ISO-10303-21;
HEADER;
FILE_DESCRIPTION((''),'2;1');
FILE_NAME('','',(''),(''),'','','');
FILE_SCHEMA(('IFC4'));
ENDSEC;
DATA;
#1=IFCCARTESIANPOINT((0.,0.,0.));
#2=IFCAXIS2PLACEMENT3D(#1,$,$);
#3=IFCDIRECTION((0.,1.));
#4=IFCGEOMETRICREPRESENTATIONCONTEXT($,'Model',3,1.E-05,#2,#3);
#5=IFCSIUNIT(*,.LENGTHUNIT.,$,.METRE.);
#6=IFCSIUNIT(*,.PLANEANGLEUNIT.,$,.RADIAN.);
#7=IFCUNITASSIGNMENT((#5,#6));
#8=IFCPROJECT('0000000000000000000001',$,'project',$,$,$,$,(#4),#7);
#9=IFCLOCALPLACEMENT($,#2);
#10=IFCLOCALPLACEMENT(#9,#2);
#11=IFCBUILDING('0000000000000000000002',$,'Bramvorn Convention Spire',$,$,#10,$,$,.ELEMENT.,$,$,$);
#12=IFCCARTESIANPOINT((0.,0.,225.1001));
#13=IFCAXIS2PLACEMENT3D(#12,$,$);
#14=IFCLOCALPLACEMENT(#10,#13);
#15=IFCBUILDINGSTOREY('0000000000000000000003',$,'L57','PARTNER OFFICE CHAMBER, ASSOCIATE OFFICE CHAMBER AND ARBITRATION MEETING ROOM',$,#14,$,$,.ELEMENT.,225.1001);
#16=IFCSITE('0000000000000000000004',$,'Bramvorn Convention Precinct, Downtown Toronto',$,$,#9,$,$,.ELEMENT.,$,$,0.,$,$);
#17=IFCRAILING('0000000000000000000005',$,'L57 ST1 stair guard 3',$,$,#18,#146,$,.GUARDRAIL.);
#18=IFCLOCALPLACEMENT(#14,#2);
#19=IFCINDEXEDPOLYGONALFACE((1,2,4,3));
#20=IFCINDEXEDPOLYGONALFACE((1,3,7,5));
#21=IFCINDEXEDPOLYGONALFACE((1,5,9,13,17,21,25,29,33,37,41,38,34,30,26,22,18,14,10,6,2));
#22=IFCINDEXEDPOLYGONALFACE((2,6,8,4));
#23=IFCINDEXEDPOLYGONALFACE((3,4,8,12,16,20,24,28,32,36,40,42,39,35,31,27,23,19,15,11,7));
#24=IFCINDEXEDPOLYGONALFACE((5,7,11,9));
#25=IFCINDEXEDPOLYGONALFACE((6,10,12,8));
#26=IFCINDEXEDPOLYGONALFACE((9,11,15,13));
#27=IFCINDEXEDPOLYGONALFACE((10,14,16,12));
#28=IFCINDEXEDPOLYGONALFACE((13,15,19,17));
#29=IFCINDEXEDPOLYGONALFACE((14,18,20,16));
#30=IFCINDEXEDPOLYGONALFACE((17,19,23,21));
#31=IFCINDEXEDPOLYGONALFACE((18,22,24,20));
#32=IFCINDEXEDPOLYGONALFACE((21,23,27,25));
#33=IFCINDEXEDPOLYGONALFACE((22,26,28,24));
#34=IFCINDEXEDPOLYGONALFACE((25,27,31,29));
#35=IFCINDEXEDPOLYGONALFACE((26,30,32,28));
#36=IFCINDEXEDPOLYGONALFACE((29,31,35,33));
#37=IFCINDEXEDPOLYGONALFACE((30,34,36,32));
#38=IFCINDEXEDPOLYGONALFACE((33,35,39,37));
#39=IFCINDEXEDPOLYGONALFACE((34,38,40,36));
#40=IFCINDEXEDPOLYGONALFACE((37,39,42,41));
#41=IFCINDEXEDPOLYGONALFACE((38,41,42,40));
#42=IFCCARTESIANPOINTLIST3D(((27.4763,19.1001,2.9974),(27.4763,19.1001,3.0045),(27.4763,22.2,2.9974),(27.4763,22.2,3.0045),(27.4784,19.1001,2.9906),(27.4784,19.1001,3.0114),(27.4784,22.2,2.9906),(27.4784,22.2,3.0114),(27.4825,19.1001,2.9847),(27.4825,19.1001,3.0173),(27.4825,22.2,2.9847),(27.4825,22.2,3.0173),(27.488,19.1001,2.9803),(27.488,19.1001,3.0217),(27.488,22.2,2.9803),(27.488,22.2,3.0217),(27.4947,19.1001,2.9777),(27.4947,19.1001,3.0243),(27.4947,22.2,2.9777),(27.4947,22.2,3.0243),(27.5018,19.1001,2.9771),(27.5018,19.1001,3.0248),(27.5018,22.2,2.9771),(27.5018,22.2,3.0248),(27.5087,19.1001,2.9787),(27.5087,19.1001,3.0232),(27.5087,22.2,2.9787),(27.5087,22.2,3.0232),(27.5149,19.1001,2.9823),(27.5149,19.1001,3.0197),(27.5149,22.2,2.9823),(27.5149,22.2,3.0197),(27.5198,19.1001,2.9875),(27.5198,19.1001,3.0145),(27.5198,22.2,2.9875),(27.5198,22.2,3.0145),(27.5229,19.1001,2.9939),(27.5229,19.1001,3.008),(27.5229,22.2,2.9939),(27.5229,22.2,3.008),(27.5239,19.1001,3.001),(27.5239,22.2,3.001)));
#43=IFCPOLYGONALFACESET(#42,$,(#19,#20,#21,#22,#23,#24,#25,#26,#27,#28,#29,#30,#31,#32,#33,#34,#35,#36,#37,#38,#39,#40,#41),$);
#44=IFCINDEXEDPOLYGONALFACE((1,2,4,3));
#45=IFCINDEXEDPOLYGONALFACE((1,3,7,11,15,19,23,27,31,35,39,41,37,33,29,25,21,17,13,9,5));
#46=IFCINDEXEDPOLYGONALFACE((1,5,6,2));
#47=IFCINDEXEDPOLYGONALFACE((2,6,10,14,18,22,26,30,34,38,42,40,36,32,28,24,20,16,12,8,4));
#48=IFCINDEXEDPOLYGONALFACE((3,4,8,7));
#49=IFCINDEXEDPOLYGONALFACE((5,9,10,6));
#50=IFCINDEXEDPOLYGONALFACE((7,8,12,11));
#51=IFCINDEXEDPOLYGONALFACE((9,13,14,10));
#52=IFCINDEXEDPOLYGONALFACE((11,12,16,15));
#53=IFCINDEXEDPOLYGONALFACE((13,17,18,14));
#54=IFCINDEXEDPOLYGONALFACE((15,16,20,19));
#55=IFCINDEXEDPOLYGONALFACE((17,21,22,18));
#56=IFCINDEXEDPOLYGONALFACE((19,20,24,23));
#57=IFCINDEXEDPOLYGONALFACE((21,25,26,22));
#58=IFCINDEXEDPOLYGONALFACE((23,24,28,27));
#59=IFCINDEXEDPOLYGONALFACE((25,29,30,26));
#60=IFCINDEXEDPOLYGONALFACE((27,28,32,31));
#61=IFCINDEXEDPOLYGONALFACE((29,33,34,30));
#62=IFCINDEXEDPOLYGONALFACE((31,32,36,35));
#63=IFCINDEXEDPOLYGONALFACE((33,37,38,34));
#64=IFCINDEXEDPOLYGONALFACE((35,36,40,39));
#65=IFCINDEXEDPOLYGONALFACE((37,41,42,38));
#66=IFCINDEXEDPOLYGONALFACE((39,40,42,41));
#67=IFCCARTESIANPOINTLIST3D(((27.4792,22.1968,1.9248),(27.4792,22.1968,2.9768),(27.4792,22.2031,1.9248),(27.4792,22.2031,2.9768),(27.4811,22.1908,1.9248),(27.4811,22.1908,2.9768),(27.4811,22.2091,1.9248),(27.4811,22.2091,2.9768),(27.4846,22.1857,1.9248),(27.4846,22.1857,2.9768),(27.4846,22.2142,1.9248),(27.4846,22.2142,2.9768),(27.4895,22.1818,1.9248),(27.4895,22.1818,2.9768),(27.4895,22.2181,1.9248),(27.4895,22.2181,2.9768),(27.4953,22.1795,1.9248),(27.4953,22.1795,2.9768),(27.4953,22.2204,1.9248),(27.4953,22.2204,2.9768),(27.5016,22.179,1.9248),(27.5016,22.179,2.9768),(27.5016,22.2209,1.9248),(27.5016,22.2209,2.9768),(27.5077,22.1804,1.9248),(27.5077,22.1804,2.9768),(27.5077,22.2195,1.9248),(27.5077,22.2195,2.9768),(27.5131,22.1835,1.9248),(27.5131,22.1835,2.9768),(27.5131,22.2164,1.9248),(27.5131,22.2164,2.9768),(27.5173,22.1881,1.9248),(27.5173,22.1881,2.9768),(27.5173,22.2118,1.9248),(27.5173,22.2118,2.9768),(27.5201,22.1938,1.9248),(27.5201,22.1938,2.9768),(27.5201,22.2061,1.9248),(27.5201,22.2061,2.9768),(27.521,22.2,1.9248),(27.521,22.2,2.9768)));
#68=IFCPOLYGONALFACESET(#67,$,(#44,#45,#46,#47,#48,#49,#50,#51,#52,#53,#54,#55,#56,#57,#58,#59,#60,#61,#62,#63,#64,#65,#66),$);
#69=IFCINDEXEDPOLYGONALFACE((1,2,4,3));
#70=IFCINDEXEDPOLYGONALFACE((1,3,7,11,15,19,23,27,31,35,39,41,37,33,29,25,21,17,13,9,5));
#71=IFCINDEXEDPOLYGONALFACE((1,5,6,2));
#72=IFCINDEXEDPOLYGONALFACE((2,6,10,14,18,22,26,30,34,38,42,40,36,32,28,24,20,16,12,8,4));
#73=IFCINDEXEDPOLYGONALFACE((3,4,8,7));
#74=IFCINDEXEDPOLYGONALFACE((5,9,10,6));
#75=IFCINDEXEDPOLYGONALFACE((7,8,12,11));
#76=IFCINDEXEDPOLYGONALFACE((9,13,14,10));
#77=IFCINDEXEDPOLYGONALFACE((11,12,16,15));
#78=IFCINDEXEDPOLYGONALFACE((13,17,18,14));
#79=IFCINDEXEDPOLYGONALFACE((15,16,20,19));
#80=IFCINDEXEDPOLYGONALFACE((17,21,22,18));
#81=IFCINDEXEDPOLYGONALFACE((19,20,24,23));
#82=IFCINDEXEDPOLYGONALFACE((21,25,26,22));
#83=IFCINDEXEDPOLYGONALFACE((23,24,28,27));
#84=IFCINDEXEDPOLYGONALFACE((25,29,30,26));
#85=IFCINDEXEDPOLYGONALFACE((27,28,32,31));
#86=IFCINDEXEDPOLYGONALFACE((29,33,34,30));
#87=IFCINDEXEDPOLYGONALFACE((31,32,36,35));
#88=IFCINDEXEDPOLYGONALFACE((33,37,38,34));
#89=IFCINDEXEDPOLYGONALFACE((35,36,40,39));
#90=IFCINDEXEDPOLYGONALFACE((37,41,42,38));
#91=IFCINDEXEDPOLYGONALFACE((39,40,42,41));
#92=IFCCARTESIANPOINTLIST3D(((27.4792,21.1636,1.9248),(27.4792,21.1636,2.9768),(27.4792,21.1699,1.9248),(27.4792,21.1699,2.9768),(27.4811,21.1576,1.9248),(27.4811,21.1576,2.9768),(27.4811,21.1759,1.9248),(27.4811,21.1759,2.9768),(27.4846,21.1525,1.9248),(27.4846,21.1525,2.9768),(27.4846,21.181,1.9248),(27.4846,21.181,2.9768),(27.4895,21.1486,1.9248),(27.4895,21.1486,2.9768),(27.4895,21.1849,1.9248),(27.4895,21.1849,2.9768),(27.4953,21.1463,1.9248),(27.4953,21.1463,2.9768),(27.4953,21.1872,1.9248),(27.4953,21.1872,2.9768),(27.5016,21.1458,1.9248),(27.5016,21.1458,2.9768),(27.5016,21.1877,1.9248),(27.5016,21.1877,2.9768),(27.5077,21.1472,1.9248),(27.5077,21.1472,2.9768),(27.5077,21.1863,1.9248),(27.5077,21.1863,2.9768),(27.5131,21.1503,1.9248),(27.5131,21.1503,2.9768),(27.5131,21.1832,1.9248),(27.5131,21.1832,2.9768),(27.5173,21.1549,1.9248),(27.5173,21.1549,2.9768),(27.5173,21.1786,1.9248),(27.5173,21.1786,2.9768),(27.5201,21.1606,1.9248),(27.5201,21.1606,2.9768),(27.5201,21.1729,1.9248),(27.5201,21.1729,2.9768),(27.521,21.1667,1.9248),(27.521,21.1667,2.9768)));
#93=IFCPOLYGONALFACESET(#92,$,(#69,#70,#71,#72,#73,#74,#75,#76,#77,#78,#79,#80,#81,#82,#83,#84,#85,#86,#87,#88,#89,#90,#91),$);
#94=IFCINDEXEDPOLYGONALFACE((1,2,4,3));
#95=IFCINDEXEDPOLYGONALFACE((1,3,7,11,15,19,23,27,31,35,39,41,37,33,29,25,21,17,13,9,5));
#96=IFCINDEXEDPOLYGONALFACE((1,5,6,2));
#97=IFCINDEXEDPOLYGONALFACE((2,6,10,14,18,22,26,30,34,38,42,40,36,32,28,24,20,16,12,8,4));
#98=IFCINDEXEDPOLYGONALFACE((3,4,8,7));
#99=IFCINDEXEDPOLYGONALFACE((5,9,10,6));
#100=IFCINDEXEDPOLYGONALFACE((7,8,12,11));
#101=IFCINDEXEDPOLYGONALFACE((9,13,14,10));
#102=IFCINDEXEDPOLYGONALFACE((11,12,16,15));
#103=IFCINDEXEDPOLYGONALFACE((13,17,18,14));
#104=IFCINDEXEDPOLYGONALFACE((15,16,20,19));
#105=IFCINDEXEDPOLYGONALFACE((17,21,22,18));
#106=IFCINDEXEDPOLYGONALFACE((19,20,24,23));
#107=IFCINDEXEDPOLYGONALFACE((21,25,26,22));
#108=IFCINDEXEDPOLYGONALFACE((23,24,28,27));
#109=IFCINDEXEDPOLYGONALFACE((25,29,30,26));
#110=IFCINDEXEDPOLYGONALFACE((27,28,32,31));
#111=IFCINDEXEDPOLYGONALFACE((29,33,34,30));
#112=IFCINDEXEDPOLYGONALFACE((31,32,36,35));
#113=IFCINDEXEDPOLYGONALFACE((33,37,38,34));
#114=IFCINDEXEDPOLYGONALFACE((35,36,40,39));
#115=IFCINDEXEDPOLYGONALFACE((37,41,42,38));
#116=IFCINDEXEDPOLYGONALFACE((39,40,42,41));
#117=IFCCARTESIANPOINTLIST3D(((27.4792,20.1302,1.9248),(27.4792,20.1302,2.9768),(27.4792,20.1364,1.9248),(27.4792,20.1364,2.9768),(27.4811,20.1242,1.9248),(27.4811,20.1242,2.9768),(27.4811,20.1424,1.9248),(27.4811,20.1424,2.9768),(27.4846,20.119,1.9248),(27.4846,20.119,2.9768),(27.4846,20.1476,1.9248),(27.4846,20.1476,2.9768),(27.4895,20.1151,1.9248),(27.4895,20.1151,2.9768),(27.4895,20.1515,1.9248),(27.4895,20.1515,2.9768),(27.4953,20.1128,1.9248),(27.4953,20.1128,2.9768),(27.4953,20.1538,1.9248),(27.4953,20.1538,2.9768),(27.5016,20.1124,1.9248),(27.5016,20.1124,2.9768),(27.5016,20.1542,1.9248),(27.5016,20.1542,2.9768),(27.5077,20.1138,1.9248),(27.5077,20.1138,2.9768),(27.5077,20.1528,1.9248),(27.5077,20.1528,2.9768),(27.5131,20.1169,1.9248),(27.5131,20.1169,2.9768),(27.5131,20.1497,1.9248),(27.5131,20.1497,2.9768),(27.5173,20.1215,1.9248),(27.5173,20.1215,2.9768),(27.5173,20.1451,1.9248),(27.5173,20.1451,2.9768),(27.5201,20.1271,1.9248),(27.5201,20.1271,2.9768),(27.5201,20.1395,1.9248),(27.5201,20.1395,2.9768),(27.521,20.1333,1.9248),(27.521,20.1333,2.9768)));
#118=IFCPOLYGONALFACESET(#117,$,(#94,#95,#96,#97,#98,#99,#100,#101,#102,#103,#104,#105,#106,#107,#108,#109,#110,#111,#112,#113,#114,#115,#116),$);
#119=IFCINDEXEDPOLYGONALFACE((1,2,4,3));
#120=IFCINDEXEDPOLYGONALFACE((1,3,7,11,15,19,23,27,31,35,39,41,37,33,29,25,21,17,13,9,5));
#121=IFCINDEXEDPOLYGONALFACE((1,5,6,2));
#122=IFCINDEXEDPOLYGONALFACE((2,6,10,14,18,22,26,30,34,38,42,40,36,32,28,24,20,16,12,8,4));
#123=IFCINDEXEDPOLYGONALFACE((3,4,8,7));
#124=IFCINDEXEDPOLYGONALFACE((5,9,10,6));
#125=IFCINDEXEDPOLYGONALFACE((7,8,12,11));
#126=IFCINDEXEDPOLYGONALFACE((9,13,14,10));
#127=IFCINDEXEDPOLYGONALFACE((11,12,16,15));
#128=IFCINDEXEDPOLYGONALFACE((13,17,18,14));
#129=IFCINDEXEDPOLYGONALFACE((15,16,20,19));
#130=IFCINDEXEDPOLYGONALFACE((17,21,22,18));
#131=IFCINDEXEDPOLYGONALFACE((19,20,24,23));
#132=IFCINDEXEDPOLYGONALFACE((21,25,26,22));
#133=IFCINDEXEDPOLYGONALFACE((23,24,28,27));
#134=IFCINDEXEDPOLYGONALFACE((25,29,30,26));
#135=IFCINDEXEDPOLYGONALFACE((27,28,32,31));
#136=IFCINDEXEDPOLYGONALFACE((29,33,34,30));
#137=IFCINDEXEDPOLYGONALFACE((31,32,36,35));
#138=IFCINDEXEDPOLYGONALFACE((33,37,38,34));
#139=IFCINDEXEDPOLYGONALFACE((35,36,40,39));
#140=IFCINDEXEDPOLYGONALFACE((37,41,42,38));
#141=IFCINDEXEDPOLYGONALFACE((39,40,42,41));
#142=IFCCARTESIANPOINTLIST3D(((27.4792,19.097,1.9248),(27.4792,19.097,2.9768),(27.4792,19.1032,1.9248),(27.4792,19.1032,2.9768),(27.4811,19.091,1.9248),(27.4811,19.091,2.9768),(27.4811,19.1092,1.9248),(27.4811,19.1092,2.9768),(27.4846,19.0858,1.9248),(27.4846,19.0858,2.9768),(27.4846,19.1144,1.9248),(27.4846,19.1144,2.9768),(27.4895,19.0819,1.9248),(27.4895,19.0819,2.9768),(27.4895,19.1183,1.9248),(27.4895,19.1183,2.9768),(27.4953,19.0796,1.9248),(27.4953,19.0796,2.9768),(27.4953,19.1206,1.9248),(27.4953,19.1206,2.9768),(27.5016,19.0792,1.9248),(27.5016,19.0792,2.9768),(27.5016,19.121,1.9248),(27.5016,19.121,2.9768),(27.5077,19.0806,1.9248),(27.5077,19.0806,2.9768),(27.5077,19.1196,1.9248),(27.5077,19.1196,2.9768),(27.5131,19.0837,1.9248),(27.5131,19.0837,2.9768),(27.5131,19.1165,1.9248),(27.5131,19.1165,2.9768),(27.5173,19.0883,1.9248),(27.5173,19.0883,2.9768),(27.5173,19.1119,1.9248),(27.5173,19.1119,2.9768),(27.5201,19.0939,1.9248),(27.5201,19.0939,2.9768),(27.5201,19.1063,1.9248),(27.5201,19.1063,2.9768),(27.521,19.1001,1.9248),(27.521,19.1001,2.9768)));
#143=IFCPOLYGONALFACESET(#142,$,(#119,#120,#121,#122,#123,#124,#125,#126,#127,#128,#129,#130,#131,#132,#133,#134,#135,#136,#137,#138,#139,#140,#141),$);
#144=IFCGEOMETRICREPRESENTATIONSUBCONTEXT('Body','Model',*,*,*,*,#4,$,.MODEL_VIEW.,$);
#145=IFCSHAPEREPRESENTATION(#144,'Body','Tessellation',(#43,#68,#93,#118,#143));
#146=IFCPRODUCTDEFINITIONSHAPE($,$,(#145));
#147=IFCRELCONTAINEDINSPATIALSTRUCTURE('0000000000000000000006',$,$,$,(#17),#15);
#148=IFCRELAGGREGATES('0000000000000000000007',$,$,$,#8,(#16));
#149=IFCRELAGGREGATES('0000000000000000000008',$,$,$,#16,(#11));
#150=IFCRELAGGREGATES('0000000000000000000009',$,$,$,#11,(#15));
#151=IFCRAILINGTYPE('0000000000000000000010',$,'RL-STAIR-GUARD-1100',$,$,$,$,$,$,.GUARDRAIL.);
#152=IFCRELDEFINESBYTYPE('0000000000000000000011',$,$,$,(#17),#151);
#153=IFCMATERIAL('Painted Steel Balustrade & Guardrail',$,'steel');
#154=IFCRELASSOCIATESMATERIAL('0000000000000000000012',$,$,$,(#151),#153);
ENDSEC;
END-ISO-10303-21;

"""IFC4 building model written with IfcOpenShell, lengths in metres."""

from ifc_helpers import new_model, si_unit, direction, frame, origin, origin_2d, place, context, subcontext, project, spatial, circle, extrude, material, type_object, element, save


model = new_model("IFC4")

# Units and contexts
model_context = context("Model", 3, precision=1e-05, world=origin(), true_north=direction((0.0, 1.0)))
body_context = subcontext(model_context, "Body", "Model", "MODEL_VIEW")
ifc_project = project(units=[si_unit("LENGTHUNIT", "METRE"), si_unit("PLANEANGLEUNIT", "RADIAN")], contexts=[model_context])

# Site, building, storey
site_placement = place(None, origin())
site = spatial("IfcSite", under=ifc_project, at=site_placement, Name="Bramvorn Convention Precinct, Downtown Toronto", CompositionType="ELEMENT", RefElevation=0.0)
building_placement = place(site_placement, origin())
building = spatial("IfcBuilding", under=site, at=building_placement, Name="Bramvorn Convention Spire", CompositionType="ELEMENT")
storey_placement = place(building_placement, frame((0.0, 0.0, 225.1001)))
storey = spatial("IfcBuildingStorey", under=building, at=storey_placement, Name="L57", Description="PARTNER OFFICE CHAMBER, ASSOCIATE OFFICE CHAMBER AND ARBITRATION MEETING ROOM", CompositionType="ELEMENT", Elevation=225.1001)

# Railing
ifc_material_1 = material(Name="Painted Steel Balustrade & Guardrail", Category="steel")
railing_type_1 = type_object("IfcRailingType", Name="RL-STAIR-GUARD-1100", PredefinedType="GUARDRAIL", material=ifc_material_1)
for number, where, name in (
    (1, (27.5, 22.2, 1.9248), "L57 ST1 stair guard 3"),
):
    element("IfcRailing", number, at=place(storey_placement, frame(where)), inside=storey, type_object=railing_type_1, Name=name, PredefinedType="GUARDRAIL", context=body_context, shape_type="SweptSolid", body=[
        extrude(circle(Radius=0.0239, at=origin_2d()), frame((0.0, 0.0, 1.0762), z_axis=(0.0, -1.0, 0.0), x_axis=(1.0, 0.0, 0.0)), (0.0, 0.0, 1.0), 3.0999),
        extrude(circle(Radius=0.021, at=origin_2d()), origin(), (0.0, 0.0, 1.0), 1.052),
        extrude(circle(Radius=0.021, at=origin_2d()), frame((0.0, -1.0332, 0.0)), (0.0, 0.0, 1.0), 1.052),
        extrude(circle(Radius=0.021, at=origin_2d()), frame((0.0, -2.0667, 0.0)), (0.0, 0.0, 1.0), 1.052),
        extrude(circle(Radius=0.021, at=origin_2d()), frame((0.0, -3.0999, 0.0)), (0.0, 0.0, 1.0), 1.052),
    ])

save(model, "model.ifc")
